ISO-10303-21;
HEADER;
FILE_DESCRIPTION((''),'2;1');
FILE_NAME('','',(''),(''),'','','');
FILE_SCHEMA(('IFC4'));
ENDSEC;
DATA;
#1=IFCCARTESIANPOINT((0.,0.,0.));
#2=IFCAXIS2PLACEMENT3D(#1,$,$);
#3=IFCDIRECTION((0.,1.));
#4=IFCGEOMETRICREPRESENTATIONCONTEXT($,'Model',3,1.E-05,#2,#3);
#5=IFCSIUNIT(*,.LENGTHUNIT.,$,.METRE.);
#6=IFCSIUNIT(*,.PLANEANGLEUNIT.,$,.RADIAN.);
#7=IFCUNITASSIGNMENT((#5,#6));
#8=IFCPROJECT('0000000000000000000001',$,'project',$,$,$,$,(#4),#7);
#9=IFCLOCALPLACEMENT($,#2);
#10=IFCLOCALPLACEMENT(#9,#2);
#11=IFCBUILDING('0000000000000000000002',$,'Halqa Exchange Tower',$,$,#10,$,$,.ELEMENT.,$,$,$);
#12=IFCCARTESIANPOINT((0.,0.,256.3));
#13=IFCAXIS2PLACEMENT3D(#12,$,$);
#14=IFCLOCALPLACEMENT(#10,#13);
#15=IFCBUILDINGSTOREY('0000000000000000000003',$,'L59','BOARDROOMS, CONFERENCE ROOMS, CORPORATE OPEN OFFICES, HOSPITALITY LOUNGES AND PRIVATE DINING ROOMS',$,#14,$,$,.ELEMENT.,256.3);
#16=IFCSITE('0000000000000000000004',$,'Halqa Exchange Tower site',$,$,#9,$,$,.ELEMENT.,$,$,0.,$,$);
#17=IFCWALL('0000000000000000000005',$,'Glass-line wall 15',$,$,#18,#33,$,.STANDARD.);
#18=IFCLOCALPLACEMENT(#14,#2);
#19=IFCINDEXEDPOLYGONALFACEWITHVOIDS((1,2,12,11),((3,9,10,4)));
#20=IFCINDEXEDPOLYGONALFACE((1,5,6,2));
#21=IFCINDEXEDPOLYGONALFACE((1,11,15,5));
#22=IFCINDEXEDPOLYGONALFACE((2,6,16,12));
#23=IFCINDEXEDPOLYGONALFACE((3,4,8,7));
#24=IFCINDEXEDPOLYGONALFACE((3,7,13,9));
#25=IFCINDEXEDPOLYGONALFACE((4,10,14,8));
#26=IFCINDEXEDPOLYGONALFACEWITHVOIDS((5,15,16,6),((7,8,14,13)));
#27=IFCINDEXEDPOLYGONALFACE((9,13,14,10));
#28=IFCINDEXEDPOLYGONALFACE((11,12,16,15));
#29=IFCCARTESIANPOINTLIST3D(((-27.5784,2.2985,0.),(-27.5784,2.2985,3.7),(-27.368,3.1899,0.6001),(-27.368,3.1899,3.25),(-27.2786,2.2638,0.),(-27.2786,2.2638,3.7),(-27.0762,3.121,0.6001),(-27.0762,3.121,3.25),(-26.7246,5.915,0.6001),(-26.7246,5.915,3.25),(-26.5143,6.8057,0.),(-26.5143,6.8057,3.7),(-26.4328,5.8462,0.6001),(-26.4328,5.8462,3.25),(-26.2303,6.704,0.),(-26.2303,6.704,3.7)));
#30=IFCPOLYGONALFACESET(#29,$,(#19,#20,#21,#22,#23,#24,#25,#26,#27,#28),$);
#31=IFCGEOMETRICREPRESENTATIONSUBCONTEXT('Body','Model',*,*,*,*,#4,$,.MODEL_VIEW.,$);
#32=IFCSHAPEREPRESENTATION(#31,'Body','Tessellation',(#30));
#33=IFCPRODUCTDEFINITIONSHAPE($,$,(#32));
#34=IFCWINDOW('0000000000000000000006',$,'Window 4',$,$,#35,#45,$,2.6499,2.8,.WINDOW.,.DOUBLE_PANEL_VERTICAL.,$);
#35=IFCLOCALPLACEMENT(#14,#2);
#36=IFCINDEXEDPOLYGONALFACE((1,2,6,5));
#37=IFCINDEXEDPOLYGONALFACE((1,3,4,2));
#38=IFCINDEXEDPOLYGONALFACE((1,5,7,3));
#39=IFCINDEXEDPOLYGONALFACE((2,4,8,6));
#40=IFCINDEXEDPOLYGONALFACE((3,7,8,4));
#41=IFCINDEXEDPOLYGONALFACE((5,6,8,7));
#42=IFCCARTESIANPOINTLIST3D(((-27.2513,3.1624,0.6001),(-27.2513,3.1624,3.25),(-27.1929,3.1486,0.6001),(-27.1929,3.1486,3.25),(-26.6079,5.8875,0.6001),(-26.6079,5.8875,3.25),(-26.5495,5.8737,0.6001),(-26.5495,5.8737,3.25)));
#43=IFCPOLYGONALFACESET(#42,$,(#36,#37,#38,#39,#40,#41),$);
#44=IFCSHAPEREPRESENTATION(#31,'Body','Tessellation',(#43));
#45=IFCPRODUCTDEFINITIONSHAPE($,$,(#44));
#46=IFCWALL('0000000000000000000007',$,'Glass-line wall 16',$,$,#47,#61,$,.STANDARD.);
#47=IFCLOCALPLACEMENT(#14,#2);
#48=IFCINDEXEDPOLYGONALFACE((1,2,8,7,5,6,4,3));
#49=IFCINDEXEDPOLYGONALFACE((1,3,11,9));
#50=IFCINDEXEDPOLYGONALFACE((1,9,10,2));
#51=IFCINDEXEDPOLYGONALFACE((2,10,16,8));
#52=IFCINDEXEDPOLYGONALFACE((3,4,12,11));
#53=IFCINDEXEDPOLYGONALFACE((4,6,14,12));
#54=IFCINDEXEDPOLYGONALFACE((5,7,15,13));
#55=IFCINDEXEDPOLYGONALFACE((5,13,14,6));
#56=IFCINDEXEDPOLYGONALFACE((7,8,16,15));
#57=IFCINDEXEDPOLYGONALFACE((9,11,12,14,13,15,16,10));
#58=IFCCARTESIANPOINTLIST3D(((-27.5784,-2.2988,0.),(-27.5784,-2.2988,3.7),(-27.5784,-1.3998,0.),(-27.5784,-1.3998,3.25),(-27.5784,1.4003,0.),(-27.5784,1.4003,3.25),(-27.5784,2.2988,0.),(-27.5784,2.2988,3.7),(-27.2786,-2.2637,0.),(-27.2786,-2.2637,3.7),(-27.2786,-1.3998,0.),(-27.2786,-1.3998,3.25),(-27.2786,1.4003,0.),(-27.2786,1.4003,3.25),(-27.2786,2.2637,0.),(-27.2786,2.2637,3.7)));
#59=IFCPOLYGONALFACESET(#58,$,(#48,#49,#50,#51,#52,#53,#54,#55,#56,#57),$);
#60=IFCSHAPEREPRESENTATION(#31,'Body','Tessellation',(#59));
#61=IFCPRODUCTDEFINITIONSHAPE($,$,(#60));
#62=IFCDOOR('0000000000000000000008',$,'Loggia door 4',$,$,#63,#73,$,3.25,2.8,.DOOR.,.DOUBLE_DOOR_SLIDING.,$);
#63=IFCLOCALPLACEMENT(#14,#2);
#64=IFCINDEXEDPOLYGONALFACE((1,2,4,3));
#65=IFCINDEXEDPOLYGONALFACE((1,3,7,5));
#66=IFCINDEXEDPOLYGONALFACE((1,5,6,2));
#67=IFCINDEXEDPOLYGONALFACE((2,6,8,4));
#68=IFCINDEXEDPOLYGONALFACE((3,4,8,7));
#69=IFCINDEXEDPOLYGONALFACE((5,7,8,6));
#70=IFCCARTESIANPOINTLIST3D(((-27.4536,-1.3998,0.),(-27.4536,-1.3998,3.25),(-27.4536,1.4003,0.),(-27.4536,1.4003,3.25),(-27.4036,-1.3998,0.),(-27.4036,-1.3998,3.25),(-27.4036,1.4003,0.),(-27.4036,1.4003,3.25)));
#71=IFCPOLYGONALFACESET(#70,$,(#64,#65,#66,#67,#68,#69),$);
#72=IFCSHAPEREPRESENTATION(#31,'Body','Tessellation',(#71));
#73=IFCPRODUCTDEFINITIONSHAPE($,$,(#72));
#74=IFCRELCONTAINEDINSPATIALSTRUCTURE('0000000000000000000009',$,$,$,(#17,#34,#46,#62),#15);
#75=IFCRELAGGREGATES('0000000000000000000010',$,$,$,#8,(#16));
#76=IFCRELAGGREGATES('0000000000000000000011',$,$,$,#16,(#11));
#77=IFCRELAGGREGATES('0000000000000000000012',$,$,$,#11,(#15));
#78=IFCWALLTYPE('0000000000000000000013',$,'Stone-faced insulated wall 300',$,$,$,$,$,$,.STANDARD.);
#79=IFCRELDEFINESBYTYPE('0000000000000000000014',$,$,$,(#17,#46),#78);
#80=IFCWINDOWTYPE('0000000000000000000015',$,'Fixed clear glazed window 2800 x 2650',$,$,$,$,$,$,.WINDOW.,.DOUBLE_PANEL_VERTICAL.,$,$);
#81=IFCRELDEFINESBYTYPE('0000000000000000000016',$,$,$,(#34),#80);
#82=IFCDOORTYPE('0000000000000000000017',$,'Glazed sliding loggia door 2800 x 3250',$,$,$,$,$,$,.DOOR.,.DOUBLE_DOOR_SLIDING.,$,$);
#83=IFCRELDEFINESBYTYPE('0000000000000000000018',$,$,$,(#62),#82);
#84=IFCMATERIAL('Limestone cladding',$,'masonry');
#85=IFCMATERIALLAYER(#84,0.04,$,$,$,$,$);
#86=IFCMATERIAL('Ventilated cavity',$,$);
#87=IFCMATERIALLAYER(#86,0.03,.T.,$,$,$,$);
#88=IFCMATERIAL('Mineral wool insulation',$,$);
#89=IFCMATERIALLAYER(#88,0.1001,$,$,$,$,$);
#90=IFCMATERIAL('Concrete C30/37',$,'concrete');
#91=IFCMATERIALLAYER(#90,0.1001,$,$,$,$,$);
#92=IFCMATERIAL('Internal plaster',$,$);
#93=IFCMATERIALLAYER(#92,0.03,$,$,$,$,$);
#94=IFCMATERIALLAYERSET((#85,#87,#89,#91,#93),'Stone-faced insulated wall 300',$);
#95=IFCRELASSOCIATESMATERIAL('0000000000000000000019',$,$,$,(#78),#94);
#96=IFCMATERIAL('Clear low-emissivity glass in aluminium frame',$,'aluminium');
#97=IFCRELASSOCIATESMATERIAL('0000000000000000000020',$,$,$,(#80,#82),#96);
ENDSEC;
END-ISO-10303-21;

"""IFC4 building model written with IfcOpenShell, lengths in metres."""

from ifc_helpers import new_model, si_unit, direction, frame, frame_2d, origin, place, context, subcontext, project, spatial, polyline, rectangle, outline, extrude, material, layer, layer_set, type_object, element, fill, save


model = new_model("IFC4")

# Units and contexts
model_context = context("Model", 3, precision=1e-05, world=origin(), true_north=direction((0.0, 1.0)))
body_context = subcontext(model_context, "Body", "Model", "MODEL_VIEW")
ifc_project = project(units=[si_unit("LENGTHUNIT", "METRE"), si_unit("PLANEANGLEUNIT", "RADIAN")], contexts=[model_context])

# Site, building, storey
site_placement = place(None, origin())
site = spatial("IfcSite", under=ifc_project, at=site_placement, Name="Halqa Exchange Tower site", CompositionType="ELEMENT", RefElevation=0.0)
building_placement = place(site_placement, origin())
building = spatial("IfcBuilding", under=site, at=building_placement, Name="Halqa Exchange Tower", CompositionType="ELEMENT")
storey_placement = place(building_placement, frame((0.0, 0.0, 256.3)))
storey = spatial("IfcBuildingStorey", under=building, at=storey_placement, Name="L59", Description="BOARDROOMS, CONFERENCE ROOMS, CORPORATE OPEN OFFICES, HOSPITALITY LOUNGES AND PRIVATE DINING ROOMS", CompositionType="ELEMENT", Elevation=256.3)

# Wall, opening, window
ifc_material_1 = material(Name="Limestone cladding", Category="masonry")
ifc_layer_1 = layer(ifc_material_1, 0.04)
ifc_material_2 = material(Name="Ventilated cavity")
ifc_layer_2 = layer(ifc_material_2, 0.03, ventilated=True)
ifc_material_3 = material(Name="Mineral wool insulation")
ifc_layer_3 = layer(ifc_material_3, 0.1001)
ifc_material_4 = material(Name="Concrete C30/37", Category="concrete")
ifc_layer_4 = layer(ifc_material_4, 0.1001)
ifc_material_5 = material(Name="Internal plaster")
ifc_layer_5 = layer(ifc_material_5, 0.03)
ifc_layer_set_1 = layer_set([ifc_layer_1, ifc_layer_2, ifc_layer_3, ifc_layer_4, ifc_layer_5], Name="Stone-faced insulated wall 300")
wall_type_1 = type_object("IfcWallType", Name="Stone-faced insulated wall 300", PredefinedType="STANDARD", material=ifc_layer_set_1)
ifc_material_6 = material(Name="Clear low-emissivity glass in aluminium frame", Category="aluminium")
window_type = type_object("IfcWindowType", Name="Fixed clear glazed window 2800 x 2650", PartitioningType="DOUBLE_PANEL_VERTICAL", PredefinedType="WINDOW", material=ifc_material_6)
wall_1_placement = place(storey_placement, frame((-26.3723, 6.7549, 0.0), z_axis=(0.0, 0.0, 1.0), x_axis=(-0.229768, -0.973246, 0.0)))
wall_1 = element("IfcWall", 1, at=wall_1_placement, inside=storey, type_object=wall_type_1, Name="Glass-line wall 15", PredefinedType="STANDARD", context=body_context, shape_type="SweptSolid", body=[
    extrude(outline(polyline([(-0.0168, -0.1499), (4.6143, -0.1499), (4.5791, 0.1499), (0.0168, 0.1499), (-0.0168, -0.1499)])), origin(), (0.0, 0.0, 1.0), 3.7),
])
opening_1_placement = place(wall_1_placement, frame((0.8984, 0.0, 0.6001)))
opening_1 = element("IfcOpeningElement", 2, at=opening_1_placement, cuts=wall_1, PredefinedType="OPENING", context=body_context, shape_type="SweptSolid", body=[
    extrude(rectangle(XDim=2.8, YDim=2.6499, at=frame_2d((1.3999, 1.325))), frame((0.0, 0.1621, 0.0), z_axis=(0.0, -1.0, 0.0), x_axis=(1.0, 0.0, 0.0)), (0.0, 0.0, 1.0), 0.324),
])
window_1_placement = place(opening_1_placement, origin())
window_1 = element("IfcWindow", 3, at=window_1_placement, inside=storey, type_object=window_type, Name="Window 4", OverallHeight=2.6499, OverallWidth=2.8, PartitioningType="DOUBLE_PANEL_VERTICAL", PredefinedType="WINDOW", context=body_context, shape_type="SweptSolid", body=[
    extrude(rectangle(XDim=2.8, YDim=2.6499, at=frame_2d((1.3999, 1.325))), frame((0.0, 0.03, 0.0), z_axis=(0.0, -1.0, 0.0), x_axis=(1.0, 0.0, 0.0)), (0.0, 0.0, 1.0), 0.0601),
])
fill(opening_1, window_1)

# Wall, opening, door
wall_2_placement = place(storey_placement, frame((-27.4285, 2.2812, 0.0), z_axis=(0.0, 0.0, 1.0), x_axis=(0.0, -1.0, 0.0)))
wall_2 = element("IfcWall", 4, at=wall_2_placement, inside=storey, type_object=wall_type_1, Name="Glass-line wall 16", PredefinedType="STANDARD", context=body_context, shape_type="SweptSolid", body=[
    extrude(outline(polyline([(-0.0176, -0.1499), (4.5801, -0.1499), (4.5449, 0.1499), (0.0176, 0.1499), (-0.0176, -0.1499)])), origin(), (0.0, 0.0, 1.0), 3.7),
])
opening_2_placement = place(wall_2_placement, frame((0.8811, 0.0, 0.0)))
opening_2 = element("IfcOpeningElement", 5, at=opening_2_placement, cuts=wall_2, PredefinedType="OPENING", context=body_context, shape_type="SweptSolid", body=[
    extrude(rectangle(XDim=2.8, YDim=3.25, at=frame_2d((1.3999, 1.625))), frame((0.0, 0.1621, 0.0), z_axis=(0.0, -1.0, 0.0), x_axis=(1.0, 0.0, 0.0)), (0.0, 0.0, 1.0), 0.324),
])
door_type_1 = type_object("IfcDoorType", Name="Glazed sliding loggia door 2800 x 3250", OperationType="DOUBLE_DOOR_SLIDING", PredefinedType="DOOR", material=ifc_material_6)
door_1_placement = place(opening_2_placement, origin())
door_1 = element("IfcDoor", 6, at=door_1_placement, inside=storey, type_object=door_type_1, Name="Loggia door 4", OperationType="DOUBLE_DOOR_SLIDING", OverallHeight=3.25, OverallWidth=2.8, PredefinedType="DOOR", context=body_context, shape_type="SweptSolid", body=[
    extrude(rectangle(XDim=2.8, YDim=3.25, at=frame_2d((1.3999, 1.625))), frame((0.0, 0.0249, 0.0), z_axis=(0.0, -1.0, 0.0), x_axis=(1.0, 0.0, 0.0)), (0.0, 0.0, 1.0), 0.05),
])
fill(opening_2, door_1)

save(model, "model.ifc")
